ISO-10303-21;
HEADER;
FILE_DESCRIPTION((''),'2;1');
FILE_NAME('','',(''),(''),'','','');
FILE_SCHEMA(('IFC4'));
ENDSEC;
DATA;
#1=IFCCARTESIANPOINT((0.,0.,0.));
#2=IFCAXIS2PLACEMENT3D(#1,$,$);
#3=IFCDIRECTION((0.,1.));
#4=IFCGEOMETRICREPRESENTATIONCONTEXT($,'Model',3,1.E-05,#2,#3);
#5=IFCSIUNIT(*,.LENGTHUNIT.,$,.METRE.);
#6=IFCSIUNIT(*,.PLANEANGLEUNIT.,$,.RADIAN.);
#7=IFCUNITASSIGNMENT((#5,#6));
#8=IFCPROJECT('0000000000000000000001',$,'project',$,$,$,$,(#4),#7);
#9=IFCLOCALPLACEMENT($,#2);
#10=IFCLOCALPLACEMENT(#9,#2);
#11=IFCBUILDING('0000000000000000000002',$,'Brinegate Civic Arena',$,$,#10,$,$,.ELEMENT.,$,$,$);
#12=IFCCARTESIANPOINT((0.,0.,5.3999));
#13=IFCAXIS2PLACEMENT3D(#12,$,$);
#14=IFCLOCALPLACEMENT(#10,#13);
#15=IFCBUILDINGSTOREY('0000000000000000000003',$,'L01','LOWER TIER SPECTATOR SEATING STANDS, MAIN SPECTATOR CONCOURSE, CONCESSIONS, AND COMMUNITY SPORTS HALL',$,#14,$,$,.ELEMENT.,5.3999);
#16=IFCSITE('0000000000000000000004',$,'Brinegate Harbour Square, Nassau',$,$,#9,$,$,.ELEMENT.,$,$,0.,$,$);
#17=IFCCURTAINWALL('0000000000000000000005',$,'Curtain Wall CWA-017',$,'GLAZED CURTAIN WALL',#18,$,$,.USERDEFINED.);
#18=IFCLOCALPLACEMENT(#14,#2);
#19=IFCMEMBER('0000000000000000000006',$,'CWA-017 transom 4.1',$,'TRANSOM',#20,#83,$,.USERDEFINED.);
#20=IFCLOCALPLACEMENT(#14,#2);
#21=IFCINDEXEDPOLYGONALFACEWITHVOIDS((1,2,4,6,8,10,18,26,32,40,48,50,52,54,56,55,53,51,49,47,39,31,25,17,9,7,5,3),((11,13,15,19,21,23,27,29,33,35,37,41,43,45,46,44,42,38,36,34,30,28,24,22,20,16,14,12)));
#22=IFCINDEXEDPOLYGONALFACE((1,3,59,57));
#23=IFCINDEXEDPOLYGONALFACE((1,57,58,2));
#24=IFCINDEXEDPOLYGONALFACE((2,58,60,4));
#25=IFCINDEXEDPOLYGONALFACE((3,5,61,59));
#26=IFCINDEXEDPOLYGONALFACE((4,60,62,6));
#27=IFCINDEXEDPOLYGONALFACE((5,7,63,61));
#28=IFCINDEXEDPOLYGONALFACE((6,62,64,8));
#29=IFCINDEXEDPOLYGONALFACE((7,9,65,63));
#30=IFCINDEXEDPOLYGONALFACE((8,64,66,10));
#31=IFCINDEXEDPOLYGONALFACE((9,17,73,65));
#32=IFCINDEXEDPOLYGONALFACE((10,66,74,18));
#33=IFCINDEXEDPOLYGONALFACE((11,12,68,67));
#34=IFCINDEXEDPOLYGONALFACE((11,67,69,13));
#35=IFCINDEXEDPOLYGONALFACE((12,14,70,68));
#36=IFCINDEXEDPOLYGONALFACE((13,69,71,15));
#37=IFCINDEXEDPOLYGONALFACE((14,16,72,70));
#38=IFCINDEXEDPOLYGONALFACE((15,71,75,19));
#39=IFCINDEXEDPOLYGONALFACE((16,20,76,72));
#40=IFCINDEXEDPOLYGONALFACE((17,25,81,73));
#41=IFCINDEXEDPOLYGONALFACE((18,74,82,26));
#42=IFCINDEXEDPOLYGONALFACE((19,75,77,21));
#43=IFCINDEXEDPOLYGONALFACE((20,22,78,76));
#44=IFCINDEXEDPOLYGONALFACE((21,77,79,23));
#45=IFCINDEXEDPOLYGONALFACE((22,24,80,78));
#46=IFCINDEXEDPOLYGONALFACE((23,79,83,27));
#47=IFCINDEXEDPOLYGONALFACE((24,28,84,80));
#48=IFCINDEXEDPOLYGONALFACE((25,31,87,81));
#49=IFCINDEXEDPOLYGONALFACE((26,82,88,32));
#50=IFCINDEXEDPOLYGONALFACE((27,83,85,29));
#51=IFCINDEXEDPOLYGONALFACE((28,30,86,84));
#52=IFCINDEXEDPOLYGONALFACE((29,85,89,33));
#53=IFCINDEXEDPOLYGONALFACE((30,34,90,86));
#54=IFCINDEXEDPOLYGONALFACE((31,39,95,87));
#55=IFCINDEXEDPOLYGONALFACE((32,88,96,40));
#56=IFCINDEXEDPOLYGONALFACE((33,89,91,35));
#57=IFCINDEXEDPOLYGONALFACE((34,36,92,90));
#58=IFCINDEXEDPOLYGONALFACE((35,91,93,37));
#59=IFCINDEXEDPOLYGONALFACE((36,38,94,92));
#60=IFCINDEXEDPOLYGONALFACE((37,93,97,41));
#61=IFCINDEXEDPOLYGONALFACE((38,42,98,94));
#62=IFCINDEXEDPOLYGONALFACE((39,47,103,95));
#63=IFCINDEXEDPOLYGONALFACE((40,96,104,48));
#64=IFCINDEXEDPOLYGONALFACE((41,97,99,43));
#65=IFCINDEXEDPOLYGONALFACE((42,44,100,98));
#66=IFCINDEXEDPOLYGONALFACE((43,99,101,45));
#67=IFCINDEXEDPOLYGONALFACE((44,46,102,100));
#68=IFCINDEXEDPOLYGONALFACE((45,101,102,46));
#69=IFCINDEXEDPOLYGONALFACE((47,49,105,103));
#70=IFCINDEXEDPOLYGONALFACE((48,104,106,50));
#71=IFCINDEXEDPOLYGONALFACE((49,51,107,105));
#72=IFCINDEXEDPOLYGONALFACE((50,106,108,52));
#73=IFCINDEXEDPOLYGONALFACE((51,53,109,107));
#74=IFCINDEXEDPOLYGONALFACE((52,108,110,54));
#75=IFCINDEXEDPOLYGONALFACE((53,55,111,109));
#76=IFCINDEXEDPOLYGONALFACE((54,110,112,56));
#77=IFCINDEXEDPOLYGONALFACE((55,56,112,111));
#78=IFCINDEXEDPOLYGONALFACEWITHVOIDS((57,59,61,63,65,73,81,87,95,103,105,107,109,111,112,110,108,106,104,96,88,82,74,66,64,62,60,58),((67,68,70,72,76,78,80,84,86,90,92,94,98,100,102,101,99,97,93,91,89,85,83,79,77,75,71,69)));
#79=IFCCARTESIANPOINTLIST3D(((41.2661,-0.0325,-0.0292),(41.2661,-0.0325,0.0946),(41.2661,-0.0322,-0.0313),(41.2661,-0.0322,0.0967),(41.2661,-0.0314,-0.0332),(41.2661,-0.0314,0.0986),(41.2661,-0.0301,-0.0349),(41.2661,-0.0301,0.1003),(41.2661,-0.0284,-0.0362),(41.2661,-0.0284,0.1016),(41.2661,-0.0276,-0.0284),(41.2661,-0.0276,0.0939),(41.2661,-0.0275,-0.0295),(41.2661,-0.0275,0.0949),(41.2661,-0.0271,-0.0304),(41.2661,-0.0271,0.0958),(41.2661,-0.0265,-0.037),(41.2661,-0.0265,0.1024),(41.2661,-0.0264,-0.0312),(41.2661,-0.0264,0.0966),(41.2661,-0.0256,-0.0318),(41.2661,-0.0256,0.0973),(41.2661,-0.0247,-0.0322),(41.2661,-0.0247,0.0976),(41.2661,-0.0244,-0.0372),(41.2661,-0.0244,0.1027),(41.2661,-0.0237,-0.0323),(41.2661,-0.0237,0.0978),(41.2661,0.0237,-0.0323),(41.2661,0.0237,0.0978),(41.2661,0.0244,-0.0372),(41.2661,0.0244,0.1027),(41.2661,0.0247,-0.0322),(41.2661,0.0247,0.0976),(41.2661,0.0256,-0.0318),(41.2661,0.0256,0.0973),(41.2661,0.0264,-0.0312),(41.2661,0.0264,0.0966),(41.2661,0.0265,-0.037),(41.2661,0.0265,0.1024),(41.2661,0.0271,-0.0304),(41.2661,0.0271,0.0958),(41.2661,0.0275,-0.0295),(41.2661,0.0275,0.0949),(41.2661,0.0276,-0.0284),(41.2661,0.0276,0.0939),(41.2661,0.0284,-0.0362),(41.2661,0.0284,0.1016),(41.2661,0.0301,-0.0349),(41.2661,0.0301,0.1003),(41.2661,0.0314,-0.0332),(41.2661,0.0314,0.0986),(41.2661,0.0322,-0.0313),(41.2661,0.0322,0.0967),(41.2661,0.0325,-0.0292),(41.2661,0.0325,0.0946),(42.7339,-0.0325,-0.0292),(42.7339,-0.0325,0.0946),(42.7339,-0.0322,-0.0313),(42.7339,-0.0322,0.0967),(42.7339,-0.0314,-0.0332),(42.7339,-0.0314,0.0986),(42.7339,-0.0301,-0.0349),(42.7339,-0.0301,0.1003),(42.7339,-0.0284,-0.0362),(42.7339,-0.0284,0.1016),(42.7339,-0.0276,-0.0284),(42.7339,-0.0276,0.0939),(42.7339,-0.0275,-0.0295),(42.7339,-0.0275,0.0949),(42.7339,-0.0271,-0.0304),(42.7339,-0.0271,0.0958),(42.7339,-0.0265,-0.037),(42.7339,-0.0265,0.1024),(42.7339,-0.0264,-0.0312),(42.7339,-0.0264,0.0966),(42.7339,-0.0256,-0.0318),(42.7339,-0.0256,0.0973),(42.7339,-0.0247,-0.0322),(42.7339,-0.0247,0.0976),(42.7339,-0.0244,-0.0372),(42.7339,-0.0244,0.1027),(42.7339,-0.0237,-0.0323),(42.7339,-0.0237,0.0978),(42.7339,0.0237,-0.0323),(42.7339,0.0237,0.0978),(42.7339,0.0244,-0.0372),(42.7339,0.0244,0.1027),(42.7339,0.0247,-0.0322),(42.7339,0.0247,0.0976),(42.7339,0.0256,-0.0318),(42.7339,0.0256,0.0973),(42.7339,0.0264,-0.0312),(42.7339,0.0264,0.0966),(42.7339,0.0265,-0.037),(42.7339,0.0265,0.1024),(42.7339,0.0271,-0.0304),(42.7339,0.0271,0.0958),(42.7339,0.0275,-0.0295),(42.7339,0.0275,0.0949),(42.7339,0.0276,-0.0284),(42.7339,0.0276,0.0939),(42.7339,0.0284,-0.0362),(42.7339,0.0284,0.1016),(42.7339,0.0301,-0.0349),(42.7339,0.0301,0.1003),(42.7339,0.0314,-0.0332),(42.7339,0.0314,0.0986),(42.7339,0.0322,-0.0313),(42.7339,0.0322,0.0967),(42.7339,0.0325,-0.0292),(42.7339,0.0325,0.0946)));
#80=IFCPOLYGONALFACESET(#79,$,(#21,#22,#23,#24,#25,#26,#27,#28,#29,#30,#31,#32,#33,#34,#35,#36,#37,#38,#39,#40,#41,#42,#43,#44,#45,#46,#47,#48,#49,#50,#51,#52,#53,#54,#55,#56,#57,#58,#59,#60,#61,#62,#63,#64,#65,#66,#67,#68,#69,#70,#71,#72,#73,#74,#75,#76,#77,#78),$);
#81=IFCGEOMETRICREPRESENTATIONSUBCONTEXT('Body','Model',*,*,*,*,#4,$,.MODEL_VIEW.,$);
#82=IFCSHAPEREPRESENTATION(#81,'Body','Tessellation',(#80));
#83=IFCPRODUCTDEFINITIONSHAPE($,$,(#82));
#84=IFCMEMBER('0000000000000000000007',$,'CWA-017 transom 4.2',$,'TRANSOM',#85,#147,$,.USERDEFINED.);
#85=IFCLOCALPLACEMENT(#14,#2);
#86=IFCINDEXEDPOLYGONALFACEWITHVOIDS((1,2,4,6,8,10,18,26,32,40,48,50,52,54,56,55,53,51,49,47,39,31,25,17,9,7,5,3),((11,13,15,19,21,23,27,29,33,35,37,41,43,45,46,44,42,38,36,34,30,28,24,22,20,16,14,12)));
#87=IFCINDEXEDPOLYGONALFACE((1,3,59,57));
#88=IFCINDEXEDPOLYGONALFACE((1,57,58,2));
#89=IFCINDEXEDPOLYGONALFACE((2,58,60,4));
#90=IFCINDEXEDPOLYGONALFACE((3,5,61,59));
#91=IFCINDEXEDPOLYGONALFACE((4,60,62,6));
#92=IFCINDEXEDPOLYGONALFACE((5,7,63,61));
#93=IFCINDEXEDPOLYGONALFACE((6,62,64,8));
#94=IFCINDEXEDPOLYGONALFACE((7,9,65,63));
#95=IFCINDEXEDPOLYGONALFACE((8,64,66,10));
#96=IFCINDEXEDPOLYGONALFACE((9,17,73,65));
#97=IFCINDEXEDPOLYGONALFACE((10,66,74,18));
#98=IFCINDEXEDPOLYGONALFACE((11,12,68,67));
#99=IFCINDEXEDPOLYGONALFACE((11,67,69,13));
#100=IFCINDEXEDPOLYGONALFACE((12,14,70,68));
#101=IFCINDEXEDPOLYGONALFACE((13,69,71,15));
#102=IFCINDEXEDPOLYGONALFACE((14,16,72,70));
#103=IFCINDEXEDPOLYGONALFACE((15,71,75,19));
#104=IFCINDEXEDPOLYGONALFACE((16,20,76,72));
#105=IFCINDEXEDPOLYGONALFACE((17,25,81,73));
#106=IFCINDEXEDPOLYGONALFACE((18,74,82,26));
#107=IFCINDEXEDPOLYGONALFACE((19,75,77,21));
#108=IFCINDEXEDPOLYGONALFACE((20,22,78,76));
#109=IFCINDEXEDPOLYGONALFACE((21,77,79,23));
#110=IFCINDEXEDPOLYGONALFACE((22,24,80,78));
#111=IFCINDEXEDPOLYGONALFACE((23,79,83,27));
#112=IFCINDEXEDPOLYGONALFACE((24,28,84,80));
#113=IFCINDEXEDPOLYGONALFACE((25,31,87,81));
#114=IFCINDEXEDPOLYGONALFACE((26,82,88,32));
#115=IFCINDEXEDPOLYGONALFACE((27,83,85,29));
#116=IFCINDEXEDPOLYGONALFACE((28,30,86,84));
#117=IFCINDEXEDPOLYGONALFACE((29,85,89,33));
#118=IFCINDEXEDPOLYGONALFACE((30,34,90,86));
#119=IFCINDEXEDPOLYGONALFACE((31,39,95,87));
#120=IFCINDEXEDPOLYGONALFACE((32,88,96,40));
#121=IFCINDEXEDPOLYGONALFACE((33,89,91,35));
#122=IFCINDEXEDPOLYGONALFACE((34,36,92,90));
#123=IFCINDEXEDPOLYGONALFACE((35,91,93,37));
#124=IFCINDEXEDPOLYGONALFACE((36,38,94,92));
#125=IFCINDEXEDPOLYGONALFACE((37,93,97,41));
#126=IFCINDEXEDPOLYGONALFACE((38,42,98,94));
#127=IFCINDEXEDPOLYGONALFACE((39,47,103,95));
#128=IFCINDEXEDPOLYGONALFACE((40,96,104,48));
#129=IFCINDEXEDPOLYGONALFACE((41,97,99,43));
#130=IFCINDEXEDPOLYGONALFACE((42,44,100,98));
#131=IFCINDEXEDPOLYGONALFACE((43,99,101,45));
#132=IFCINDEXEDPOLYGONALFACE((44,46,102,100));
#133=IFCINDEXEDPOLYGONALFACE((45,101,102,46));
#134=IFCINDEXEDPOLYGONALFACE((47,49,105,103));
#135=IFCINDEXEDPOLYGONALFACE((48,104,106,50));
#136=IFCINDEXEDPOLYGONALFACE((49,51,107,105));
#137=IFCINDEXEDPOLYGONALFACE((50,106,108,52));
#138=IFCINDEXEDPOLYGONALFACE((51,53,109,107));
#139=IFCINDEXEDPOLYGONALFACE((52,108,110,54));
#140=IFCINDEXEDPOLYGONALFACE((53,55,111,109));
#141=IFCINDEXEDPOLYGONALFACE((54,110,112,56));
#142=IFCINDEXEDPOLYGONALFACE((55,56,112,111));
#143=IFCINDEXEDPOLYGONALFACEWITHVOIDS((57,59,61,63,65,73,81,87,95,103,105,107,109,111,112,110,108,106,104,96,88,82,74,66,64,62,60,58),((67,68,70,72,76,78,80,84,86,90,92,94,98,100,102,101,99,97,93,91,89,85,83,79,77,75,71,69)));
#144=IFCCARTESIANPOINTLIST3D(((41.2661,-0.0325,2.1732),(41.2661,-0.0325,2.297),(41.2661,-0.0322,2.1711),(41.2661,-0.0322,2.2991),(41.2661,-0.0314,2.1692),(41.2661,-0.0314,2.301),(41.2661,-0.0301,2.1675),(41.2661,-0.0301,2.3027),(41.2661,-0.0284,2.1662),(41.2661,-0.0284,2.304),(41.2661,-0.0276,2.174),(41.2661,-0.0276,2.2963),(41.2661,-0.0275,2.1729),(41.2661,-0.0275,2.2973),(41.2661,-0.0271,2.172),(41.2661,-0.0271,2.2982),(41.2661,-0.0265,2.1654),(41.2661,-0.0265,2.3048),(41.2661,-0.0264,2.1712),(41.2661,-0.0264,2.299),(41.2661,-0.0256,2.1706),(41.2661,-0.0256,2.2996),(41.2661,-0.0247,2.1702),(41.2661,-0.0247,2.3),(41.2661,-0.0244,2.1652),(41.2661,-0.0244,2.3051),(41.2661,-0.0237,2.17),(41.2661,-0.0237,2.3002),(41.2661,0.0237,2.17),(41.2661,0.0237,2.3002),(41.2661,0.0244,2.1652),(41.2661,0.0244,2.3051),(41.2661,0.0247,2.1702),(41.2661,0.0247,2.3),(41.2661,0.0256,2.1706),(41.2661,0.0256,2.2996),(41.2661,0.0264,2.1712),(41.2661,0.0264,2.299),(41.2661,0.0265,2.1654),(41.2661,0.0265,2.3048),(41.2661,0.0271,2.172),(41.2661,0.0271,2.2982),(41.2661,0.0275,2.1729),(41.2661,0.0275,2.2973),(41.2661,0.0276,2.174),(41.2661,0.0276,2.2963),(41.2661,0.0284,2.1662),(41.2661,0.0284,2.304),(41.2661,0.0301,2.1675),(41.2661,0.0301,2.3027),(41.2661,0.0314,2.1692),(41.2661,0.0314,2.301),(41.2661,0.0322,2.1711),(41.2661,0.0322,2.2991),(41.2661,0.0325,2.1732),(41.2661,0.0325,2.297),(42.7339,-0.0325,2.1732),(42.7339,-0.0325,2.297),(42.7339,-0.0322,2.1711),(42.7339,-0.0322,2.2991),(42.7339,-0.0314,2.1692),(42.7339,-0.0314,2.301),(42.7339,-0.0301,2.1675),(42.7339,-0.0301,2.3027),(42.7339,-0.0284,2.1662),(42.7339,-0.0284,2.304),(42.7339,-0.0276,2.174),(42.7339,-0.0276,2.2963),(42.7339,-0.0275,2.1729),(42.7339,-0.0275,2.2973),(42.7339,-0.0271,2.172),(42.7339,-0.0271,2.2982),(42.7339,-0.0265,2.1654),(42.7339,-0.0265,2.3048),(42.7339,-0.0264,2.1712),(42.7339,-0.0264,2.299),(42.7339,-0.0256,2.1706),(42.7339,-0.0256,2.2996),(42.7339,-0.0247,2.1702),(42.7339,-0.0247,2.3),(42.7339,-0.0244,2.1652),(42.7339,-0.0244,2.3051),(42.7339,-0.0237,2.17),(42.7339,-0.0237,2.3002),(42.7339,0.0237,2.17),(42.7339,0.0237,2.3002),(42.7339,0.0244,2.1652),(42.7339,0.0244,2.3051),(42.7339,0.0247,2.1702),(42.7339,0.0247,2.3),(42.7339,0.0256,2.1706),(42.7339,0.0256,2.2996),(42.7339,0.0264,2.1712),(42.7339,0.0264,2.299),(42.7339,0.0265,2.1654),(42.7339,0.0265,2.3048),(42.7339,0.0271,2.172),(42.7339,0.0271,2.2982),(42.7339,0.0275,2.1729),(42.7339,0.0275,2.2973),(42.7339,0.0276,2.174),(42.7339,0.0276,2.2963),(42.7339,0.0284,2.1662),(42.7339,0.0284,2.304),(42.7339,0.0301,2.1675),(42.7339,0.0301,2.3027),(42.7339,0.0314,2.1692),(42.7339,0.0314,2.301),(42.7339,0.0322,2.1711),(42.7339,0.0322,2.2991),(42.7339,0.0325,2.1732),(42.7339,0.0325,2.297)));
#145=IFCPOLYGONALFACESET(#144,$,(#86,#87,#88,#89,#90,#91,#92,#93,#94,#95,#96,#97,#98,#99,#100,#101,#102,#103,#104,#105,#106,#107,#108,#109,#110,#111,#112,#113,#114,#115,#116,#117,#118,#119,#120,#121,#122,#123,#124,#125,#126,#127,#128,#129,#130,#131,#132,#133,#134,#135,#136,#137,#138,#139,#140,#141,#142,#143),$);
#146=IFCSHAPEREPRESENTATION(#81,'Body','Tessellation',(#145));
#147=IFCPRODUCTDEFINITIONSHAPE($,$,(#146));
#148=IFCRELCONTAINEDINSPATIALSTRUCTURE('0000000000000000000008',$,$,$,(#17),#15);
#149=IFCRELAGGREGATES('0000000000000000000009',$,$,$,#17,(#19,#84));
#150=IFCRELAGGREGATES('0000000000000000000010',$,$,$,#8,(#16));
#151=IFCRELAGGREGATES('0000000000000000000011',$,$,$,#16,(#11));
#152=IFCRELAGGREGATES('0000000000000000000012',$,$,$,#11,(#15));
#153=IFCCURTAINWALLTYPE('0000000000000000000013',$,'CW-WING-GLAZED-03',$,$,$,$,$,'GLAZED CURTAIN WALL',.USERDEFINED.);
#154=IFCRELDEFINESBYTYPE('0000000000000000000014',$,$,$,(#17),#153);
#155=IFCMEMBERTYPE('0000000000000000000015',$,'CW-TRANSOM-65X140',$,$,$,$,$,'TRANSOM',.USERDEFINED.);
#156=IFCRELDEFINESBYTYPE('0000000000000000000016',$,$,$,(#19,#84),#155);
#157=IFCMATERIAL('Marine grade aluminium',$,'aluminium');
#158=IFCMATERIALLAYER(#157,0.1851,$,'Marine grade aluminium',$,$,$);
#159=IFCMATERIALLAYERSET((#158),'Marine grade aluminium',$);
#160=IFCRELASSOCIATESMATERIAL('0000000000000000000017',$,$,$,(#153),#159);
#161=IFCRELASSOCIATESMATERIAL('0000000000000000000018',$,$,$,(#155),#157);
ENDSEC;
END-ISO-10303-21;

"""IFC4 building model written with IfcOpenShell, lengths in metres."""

from ifc_helpers import new_model, si_unit, direction, frame, origin, origin_2d, place, context, subcontext, project, spatial, hollow_rectangle, extrude, material, layer, layer_set, material_profile, profile_set, type_object, element, aggregate, save


model = new_model("IFC4")

# Units and contexts
model_context = context("Model", 3, precision=1e-05, world=origin(), true_north=direction((0.0, 1.0)))
body_context = subcontext(model_context, "Body", "Model", "MODEL_VIEW")
ifc_project = project(units=[si_unit("LENGTHUNIT", "METRE"), si_unit("PLANEANGLEUNIT", "RADIAN")], contexts=[model_context])

# Site, building, storey
site_placement = place(None, origin())
site = spatial("IfcSite", under=ifc_project, at=site_placement, Name="Brinegate Harbour Square, Nassau", CompositionType="ELEMENT", RefElevation=0.0)
building_placement = place(site_placement, origin())
building = spatial("IfcBuilding", under=site, at=building_placement, Name="Brinegate Civic Arena", CompositionType="ELEMENT")
storey_placement = place(building_placement, frame((0.0, 0.0, 5.3999)))
storey = spatial("IfcBuildingStorey", under=building, at=storey_placement, Name="L01", Description="LOWER TIER SPECTATOR SEATING STANDS, MAIN SPECTATOR CONCOURSE, CONCESSIONS, AND COMMUNITY SPORTS HALL", CompositionType="ELEMENT", Elevation=5.3999)

# Curtain wall, members
ifc_material_1 = material(Name="Marine grade aluminium", Category="aluminium")
ifc_layer_1 = layer(ifc_material_1, 0.1851, Name="Marine grade aluminium")
ifc_layer_set_1 = layer_set([ifc_layer_1], Name="Marine grade aluminium")
curtain_wall_type = type_object("IfcCurtainWallType", Name="CW-WING-GLAZED-03", ElementType="GLAZED CURTAIN WALL", PredefinedType="USERDEFINED", material=ifc_layer_set_1)
curtain_wall_placement = place(storey_placement, origin())
curtain_wall = element("IfcCurtainWall", 1, at=curtain_wall_placement, inside=storey, type_object=curtain_wall_type, Name="Curtain Wall CWA-017", ObjectType="GLAZED CURTAIN WALL", PredefinedType="USERDEFINED")
ifc_material_profile_1 = material_profile(ifc_material_1, hollow_rectangle(XDim=0.0649, YDim=0.1399, WallThickness=0.0049, InnerFilletRadius=0.0039, OuterFilletRadius=0.0081, at=origin_2d()), Name="TRN65X140")
ifc_profile_set_1 = profile_set([ifc_material_profile_1], Name="Marine grade aluminium")
member_type_1 = type_object("IfcMemberType", Name="CW-TRANSOM-65X140", ElementType="TRANSOM", PredefinedType="USERDEFINED", material=ifc_profile_set_1)
member_1_placement = place(storey_placement, frame((41.2661, 0.0, 0.0327), z_axis=(1.0, 0.0, 0.0), x_axis=(0.0, 1.0, 0.0)))
member_1 = element("IfcMember", 2, at=member_1_placement, type_object=member_type_1, Name="CWA-017 transom 4.1", ObjectType="TRANSOM", PredefinedType="USERDEFINED", context=body_context, shape_type="SweptSolid", body=[
    extrude(hollow_rectangle(XDim=0.0649, YDim=0.1399, WallThickness=0.0049, InnerFilletRadius=0.0039, OuterFilletRadius=0.0081, at=origin_2d()), origin(), (0.0, 0.0, 1.0), 1.4678),
])
member_2_placement = place(storey_placement, frame((41.2661, 0.0, 2.2351), z_axis=(1.0, 0.0, 0.0), x_axis=(0.0, 1.0, 0.0)))
member_2 = element("IfcMember", 3, at=member_2_placement, type_object=member_type_1, Name="CWA-017 transom 4.2", ObjectType="TRANSOM", PredefinedType="USERDEFINED", context=body_context, shape_type="SweptSolid", body=[
    extrude(hollow_rectangle(XDim=0.0649, YDim=0.1399, WallThickness=0.0049, InnerFilletRadius=0.0039, OuterFilletRadius=0.0081, at=origin_2d()), origin(), (0.0, 0.0, 1.0), 1.4678),
])
aggregate(curtain_wall, [member_1, member_2])

save(model, "model.ifc")
